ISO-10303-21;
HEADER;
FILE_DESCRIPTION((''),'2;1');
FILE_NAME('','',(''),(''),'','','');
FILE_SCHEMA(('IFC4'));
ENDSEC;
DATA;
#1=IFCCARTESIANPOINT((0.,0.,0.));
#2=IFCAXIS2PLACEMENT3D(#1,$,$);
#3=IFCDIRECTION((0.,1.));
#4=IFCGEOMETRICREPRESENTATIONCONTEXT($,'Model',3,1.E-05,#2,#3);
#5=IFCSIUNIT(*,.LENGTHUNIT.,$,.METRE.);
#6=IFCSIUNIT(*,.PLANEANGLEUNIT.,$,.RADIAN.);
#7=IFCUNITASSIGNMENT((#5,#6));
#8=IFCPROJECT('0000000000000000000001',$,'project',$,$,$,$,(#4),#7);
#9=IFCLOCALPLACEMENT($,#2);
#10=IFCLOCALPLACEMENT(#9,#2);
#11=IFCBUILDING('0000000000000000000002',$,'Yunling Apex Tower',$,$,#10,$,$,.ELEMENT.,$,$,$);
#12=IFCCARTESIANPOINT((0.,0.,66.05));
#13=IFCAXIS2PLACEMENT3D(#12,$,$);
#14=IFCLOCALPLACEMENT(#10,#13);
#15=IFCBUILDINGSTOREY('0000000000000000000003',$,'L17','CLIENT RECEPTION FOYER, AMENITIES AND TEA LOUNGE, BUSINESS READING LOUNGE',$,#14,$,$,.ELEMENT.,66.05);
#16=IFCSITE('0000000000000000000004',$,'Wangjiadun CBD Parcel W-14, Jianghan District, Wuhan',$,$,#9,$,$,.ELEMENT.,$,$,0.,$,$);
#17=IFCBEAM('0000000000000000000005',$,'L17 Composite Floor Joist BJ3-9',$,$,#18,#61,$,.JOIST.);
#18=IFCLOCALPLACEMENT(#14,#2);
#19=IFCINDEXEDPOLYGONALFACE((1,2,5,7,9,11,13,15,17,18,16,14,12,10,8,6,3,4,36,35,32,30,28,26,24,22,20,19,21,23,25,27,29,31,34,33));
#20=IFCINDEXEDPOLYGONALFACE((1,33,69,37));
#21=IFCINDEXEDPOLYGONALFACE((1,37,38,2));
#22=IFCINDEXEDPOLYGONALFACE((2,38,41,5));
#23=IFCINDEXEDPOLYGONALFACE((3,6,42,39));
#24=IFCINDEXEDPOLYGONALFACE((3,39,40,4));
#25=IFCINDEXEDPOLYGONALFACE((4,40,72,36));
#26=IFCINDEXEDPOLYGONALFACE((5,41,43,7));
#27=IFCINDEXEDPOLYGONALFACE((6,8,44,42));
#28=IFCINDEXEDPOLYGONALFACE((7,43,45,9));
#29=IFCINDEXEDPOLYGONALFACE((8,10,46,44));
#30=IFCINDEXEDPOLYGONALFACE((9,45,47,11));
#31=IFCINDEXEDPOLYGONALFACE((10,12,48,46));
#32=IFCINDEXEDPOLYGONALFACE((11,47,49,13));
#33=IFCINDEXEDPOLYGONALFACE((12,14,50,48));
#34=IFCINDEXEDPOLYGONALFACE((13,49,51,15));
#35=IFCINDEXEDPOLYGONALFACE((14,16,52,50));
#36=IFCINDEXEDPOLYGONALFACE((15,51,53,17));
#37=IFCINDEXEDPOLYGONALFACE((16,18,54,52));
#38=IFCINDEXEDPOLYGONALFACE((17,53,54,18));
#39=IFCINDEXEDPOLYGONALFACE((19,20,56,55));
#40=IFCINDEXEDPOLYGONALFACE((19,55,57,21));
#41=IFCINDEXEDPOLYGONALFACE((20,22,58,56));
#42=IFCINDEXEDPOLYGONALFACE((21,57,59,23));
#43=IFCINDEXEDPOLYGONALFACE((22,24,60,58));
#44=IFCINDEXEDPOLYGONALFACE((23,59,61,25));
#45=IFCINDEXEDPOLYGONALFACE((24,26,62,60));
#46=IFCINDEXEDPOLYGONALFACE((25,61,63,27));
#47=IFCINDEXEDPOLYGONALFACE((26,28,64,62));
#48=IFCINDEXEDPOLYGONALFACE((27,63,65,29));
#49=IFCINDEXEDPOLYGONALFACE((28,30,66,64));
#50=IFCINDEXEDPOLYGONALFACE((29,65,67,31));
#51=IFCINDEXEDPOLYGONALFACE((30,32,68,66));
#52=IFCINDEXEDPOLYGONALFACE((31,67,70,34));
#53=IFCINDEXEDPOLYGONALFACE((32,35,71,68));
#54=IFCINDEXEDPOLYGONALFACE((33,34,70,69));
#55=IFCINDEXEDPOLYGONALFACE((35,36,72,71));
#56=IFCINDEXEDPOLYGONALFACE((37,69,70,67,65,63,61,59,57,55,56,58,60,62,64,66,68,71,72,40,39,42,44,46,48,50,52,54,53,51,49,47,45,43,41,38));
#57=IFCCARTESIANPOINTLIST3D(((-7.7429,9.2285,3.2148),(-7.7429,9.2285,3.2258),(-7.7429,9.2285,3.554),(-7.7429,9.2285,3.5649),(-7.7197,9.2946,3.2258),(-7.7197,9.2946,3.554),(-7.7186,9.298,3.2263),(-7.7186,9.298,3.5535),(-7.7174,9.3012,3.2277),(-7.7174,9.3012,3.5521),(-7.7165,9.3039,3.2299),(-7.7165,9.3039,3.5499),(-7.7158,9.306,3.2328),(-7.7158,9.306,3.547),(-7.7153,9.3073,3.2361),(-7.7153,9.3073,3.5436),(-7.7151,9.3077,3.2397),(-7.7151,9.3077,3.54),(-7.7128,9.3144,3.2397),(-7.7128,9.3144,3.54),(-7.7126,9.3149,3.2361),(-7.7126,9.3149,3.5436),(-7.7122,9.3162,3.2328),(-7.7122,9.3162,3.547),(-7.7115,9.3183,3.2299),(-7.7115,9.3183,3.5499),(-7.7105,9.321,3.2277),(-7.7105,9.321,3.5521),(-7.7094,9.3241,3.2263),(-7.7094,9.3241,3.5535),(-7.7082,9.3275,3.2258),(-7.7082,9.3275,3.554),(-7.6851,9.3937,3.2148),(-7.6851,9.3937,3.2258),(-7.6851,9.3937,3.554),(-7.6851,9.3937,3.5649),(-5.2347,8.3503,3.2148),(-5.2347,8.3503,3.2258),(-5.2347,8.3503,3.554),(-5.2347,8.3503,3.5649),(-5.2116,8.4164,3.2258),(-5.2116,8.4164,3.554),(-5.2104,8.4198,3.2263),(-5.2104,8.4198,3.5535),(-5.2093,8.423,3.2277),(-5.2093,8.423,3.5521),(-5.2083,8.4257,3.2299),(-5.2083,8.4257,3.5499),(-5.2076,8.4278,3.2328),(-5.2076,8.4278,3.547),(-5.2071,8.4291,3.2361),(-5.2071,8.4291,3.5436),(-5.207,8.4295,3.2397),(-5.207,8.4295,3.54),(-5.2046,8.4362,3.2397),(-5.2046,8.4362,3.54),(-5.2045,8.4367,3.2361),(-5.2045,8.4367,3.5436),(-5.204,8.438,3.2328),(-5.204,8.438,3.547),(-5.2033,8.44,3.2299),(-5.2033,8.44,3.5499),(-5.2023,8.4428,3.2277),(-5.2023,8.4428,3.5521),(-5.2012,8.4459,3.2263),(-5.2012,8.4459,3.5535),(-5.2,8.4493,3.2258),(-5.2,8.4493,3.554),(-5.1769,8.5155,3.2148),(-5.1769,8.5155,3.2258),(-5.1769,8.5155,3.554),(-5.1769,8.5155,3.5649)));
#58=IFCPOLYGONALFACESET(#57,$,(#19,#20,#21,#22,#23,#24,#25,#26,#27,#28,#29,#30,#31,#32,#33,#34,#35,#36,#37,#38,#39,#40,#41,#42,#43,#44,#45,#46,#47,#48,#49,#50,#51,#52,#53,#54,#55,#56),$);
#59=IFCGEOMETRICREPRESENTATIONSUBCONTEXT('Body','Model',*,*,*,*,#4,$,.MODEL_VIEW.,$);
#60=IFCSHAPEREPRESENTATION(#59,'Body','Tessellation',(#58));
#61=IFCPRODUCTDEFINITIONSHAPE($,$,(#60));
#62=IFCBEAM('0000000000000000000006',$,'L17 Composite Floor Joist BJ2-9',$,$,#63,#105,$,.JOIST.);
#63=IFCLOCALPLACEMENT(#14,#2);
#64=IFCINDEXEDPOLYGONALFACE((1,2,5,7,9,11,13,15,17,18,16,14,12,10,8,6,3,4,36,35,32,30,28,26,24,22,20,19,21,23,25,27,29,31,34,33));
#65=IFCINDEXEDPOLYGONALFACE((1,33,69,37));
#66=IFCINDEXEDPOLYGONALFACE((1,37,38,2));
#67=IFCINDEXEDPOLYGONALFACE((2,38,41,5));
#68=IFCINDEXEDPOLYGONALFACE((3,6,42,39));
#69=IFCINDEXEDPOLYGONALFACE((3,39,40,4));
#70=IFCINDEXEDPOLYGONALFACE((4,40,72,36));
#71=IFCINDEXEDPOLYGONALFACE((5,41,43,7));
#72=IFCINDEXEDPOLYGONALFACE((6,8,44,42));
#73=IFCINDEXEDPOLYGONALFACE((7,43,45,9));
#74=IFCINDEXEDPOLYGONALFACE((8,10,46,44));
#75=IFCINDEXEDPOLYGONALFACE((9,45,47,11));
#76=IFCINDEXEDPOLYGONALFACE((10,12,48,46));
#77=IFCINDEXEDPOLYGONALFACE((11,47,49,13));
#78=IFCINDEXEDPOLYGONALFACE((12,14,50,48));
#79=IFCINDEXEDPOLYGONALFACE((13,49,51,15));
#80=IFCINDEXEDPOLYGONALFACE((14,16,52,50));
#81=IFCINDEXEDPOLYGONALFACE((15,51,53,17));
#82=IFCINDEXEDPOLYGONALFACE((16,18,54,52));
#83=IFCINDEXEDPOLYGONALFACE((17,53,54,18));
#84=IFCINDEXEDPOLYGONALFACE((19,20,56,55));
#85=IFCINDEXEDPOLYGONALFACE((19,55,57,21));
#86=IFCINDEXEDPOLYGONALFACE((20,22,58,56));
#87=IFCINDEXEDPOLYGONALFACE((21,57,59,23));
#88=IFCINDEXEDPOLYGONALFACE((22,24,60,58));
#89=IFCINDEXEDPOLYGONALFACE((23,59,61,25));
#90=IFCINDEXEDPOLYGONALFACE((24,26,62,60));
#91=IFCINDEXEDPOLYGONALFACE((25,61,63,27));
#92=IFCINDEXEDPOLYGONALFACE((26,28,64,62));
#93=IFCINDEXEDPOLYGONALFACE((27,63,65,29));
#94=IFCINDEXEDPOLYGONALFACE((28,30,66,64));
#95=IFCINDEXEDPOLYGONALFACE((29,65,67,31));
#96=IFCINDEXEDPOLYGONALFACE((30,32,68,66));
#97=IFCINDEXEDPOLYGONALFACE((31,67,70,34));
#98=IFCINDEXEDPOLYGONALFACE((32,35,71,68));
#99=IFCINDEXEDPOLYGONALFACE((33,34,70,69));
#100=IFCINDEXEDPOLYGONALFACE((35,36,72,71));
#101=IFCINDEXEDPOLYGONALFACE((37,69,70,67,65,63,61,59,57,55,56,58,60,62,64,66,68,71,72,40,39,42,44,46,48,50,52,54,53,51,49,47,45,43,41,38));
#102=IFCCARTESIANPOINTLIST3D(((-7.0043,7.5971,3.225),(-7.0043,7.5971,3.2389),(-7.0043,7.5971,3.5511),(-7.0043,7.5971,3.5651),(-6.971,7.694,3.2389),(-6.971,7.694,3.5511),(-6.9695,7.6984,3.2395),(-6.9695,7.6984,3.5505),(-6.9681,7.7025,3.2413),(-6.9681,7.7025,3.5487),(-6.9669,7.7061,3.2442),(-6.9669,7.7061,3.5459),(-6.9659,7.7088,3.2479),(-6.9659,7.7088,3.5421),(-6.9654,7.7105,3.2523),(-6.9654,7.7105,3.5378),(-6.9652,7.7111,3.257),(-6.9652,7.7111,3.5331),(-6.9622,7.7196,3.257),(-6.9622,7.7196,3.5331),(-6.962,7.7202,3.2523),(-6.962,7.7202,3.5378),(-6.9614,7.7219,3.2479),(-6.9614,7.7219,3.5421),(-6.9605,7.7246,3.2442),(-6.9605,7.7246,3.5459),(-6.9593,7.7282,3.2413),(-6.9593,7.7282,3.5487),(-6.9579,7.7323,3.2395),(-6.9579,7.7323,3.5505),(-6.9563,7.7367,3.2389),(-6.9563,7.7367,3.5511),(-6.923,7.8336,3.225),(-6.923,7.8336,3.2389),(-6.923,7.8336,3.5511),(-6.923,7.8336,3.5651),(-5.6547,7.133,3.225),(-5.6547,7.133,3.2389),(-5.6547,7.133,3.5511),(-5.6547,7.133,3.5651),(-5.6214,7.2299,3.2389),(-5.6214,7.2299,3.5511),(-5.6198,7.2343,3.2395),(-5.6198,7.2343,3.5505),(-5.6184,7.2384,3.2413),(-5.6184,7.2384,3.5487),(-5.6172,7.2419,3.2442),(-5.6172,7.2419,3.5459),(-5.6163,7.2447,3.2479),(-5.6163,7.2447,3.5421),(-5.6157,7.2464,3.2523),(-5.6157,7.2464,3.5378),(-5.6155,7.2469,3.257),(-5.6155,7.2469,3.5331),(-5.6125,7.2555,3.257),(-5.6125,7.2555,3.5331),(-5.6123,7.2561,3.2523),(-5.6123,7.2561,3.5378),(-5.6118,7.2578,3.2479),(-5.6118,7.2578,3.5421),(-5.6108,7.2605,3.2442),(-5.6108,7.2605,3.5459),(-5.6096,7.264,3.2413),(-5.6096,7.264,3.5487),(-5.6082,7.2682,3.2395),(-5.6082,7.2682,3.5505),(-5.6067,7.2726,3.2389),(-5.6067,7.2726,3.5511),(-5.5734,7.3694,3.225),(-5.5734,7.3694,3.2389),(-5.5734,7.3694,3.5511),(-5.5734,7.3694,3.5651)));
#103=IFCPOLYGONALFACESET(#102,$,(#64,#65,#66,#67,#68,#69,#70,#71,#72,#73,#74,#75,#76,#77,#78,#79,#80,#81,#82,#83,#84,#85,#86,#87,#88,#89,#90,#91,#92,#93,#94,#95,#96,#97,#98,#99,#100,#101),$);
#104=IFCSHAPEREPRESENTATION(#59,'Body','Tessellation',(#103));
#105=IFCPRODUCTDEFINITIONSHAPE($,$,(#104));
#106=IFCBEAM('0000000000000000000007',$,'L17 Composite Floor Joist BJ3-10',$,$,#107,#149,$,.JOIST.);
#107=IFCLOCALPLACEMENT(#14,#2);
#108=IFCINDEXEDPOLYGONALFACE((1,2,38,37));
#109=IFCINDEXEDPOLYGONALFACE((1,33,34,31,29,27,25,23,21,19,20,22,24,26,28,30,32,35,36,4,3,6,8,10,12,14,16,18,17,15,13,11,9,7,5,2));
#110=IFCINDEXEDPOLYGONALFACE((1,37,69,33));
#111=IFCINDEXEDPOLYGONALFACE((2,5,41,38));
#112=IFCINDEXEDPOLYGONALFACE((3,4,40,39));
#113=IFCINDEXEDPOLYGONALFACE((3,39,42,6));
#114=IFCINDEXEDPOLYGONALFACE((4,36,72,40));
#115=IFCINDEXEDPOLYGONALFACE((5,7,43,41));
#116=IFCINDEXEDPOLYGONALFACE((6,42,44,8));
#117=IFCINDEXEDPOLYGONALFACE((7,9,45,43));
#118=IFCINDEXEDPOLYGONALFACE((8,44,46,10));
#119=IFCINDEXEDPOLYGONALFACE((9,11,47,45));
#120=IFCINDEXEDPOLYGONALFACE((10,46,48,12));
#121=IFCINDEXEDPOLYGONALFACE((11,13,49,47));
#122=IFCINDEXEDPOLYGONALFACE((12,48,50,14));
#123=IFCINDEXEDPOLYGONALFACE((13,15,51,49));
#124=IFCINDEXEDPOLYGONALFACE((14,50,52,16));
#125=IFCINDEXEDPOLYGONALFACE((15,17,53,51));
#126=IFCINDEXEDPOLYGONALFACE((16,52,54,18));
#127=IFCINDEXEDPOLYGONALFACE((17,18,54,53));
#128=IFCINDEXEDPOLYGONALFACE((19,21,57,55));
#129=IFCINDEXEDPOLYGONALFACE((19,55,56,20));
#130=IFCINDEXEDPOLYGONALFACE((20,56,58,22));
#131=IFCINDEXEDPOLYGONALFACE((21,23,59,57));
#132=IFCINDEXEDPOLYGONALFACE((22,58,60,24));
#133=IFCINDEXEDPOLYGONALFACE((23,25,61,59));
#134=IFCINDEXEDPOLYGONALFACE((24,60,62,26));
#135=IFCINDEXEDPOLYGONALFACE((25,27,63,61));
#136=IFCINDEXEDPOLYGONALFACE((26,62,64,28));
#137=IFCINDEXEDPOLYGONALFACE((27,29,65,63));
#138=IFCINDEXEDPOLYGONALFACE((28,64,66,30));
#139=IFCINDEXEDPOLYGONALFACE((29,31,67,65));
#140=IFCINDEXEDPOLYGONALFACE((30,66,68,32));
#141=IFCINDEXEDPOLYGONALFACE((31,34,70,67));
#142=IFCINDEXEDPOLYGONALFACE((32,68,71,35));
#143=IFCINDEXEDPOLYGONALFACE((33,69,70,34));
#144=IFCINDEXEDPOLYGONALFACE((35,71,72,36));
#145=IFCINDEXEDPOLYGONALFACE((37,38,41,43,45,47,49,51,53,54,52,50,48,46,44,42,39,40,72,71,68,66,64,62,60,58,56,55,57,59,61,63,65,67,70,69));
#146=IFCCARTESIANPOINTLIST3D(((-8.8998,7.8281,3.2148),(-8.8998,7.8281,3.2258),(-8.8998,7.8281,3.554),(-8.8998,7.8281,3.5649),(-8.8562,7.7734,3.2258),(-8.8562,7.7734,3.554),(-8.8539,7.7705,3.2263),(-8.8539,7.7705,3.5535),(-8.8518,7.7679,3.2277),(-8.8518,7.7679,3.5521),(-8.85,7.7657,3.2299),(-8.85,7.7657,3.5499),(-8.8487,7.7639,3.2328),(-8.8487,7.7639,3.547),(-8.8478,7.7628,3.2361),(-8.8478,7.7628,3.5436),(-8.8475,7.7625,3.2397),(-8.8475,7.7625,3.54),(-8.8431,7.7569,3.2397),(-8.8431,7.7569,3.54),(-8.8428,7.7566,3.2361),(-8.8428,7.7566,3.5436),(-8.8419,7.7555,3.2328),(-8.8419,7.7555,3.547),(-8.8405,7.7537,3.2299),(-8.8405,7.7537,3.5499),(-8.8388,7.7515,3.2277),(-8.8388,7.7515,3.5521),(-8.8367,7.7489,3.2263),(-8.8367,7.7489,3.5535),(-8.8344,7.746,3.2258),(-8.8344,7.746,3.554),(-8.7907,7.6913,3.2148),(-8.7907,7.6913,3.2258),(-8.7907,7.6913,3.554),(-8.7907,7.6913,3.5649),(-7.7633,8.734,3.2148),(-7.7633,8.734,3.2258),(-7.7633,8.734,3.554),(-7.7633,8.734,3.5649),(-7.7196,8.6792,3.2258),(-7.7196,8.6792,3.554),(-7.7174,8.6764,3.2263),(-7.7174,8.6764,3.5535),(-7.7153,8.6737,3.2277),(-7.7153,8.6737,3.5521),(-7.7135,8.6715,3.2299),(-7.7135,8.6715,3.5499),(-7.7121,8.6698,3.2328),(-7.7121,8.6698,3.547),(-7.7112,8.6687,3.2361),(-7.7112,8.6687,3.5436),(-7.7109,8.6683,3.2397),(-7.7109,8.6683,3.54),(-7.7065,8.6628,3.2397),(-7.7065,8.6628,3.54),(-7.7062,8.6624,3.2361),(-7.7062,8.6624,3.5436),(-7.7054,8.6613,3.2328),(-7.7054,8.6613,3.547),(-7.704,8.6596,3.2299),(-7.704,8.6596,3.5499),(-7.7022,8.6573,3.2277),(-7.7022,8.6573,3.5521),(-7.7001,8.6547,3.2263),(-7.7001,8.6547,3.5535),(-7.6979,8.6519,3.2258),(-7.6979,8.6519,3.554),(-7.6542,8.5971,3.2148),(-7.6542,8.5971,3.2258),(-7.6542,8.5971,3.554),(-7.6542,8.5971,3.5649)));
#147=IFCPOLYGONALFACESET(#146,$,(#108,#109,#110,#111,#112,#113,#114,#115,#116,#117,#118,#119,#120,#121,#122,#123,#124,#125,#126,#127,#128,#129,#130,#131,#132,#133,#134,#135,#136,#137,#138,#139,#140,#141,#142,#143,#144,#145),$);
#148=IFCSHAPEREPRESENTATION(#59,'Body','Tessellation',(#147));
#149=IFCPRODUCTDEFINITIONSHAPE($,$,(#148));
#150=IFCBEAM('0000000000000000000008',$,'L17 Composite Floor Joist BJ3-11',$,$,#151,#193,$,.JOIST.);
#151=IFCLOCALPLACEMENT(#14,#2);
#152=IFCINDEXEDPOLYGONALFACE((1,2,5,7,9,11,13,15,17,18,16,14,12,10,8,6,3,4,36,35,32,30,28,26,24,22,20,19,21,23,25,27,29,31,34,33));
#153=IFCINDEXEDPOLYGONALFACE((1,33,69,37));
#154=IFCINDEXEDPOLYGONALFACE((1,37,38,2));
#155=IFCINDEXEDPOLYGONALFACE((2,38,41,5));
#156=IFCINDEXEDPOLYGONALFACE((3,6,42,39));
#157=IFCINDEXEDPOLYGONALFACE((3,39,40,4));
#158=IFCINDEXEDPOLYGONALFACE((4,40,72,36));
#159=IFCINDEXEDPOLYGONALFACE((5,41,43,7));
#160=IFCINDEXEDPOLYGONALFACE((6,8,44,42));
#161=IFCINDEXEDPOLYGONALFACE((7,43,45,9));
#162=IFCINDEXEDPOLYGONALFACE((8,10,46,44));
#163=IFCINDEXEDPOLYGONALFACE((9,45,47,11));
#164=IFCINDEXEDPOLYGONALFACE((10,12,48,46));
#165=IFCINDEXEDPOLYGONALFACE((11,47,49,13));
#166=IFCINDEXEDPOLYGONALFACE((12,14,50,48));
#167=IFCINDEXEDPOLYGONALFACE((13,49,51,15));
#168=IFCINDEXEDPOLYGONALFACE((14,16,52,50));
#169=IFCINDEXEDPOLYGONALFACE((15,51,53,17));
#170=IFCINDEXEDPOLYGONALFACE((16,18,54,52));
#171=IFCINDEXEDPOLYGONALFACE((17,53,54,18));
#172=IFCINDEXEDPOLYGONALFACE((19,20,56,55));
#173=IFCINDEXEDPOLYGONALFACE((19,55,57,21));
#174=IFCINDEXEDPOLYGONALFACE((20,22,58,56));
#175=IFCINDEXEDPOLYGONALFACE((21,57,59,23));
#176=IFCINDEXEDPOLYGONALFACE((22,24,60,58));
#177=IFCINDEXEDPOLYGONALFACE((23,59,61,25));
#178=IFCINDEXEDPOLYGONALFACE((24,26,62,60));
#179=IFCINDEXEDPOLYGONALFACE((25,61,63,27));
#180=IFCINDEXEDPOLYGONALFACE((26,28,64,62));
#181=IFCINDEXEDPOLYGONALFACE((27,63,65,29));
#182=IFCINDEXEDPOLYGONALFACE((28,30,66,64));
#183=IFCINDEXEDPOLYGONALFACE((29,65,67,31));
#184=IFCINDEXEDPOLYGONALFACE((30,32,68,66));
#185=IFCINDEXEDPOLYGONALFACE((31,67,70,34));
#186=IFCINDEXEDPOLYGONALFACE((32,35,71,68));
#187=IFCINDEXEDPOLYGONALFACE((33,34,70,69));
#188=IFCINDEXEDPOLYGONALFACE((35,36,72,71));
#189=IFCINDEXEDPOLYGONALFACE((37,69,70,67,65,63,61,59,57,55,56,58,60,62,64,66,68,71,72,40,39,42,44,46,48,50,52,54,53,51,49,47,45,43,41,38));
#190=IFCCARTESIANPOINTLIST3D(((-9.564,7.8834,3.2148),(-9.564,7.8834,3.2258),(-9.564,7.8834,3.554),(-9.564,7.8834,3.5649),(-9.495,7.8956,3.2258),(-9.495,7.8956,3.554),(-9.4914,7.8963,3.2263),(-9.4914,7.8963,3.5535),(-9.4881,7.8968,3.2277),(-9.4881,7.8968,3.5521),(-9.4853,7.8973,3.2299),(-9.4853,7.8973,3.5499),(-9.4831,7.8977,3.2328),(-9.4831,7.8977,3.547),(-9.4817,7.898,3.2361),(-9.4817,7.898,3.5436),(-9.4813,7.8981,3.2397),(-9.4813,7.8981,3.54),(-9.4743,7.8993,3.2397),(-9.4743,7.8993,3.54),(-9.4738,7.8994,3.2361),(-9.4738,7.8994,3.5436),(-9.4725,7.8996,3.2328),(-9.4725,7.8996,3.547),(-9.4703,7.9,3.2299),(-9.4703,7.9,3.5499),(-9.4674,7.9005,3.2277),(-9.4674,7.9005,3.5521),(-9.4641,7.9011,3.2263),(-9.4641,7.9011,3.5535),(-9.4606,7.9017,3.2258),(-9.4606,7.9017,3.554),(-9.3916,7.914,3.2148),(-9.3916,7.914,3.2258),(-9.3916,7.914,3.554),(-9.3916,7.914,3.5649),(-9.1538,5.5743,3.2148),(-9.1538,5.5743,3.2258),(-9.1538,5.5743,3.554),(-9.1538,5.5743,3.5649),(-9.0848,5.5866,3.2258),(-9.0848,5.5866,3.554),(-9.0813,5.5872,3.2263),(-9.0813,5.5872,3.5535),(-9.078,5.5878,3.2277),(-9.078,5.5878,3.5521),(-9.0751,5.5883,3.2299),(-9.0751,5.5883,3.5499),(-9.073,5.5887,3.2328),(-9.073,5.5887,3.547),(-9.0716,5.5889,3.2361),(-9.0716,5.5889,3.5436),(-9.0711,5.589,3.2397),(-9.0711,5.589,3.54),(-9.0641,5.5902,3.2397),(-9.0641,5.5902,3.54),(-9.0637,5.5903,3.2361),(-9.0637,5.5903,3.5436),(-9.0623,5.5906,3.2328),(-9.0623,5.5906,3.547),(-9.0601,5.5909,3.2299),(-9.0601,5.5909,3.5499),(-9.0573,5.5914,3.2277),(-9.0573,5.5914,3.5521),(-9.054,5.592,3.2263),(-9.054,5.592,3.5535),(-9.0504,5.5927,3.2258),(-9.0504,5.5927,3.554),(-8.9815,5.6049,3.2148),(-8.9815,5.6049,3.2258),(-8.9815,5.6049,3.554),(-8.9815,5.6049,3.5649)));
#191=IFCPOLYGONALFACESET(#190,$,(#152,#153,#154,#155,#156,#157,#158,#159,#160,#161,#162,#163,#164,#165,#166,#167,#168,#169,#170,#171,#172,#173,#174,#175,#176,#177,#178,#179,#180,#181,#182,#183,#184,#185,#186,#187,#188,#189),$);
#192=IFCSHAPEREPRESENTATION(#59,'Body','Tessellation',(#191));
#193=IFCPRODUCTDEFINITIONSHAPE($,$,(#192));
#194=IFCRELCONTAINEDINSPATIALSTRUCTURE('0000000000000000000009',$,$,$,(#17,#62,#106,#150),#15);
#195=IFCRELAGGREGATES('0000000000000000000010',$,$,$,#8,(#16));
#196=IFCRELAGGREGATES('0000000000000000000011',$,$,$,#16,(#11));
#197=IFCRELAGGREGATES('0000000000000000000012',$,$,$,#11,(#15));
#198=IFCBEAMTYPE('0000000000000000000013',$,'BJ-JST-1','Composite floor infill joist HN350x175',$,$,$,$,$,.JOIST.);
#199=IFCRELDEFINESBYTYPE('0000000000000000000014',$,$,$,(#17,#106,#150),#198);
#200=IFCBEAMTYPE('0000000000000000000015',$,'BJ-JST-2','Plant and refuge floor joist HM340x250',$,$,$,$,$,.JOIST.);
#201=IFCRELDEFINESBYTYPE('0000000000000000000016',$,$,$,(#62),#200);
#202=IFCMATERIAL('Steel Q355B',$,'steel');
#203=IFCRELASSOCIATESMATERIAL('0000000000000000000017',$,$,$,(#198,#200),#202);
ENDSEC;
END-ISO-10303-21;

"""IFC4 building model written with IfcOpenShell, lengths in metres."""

from ifc_helpers import new_model, si_unit, direction, frame, origin, origin_2d, place, context, subcontext, project, spatial, i_section, extrude, source, transform, mapped, material, material_profile, profile_set, type_object, element, save


model = new_model("IFC4")

# Units and contexts
model_context = context("Model", 3, precision=1e-05, world=origin(), true_north=direction((0.0, 1.0)))
body_context = subcontext(model_context, "Body", "Model", "MODEL_VIEW")
ifc_project = project(units=[si_unit("LENGTHUNIT", "METRE"), si_unit("PLANEANGLEUNIT", "RADIAN")], contexts=[model_context])

# Site, building, storey
site_placement = place(None, origin())
site = spatial("IfcSite", under=ifc_project, at=site_placement, Name="Wangjiadun CBD Parcel W-14, Jianghan District, Wuhan", CompositionType="ELEMENT", RefElevation=0.0)
building_placement = place(site_placement, origin())
building = spatial("IfcBuilding", under=site, at=building_placement, Name="Yunling Apex Tower", CompositionType="ELEMENT")
storey_placement = place(building_placement, frame((0.0, 0.0, 66.05)))
storey = spatial("IfcBuildingStorey", under=building, at=storey_placement, Name="L17", Description="CLIENT RECEPTION FOYER, AMENITIES AND TEA LOUNGE, BUSINESS READING LOUNGE", CompositionType="ELEMENT", Elevation=66.05)

# Beams
ifc_material_1 = material(Name="Steel Q355B", Category="steel")
ifc_material_profile_1 = material_profile(ifc_material_1, i_section(OverallWidth=0.175, OverallDepth=0.3501, WebThickness=0.0071, FlangeThickness=0.011, FilletRadius=0.0139, at=origin_2d()))
ifc_profile_set_1 = profile_set([ifc_material_profile_1], Name="Steel Q355B")
beam_type_1 = type_object("IfcBeamType", Name="BJ-JST-1", Description="Composite floor infill joist HN350x175", PredefinedType="JOIST", material=ifc_profile_set_1)
shared_shape_1 = source(origin(), body_context, "Body", "SweptSolid", [
    extrude(i_section(OverallWidth=0.175, OverallDepth=0.3501, WebThickness=0.0071, FlangeThickness=0.011, FilletRadius=0.0139, at=origin_2d()), origin(), (0.0, 0.0, 1.0), 2.6575),
])
beam_1_placement = place(storey_placement, frame((-5.2058, 8.4329, 3.3899), z_axis=(-0.943817, 0.330469, 0.0), x_axis=(-0.330469, -0.943817, 0.0)))
element("IfcBeam", 1, at=beam_1_placement, inside=storey, type_object=beam_type_1, Name="L17 Composite Floor Joist BJ3-9", PredefinedType="JOIST", context=body_context, shape_type="MappedRepresentation", body=[
    mapped(shared_shape_1, transform((0.0, 0.0, 0.0), scale=1.0)),
])
ifc_material_profile_2 = material_profile(ifc_material_1, i_section(OverallWidth=0.25, OverallDepth=0.3401, WebThickness=0.009, FlangeThickness=0.0139, FilletRadius=0.0181, at=origin_2d()))
ifc_profile_set_2 = profile_set([ifc_material_profile_2], Name="Steel Q355B")
beam_type_2 = type_object("IfcBeamType", Name="BJ-JST-2", Description="Plant and refuge floor joist HM340x250", PredefinedType="JOIST", material=ifc_profile_set_2)
shared_shape_2 = source(origin(), body_context, "Body", "SweptSolid", [
    extrude(i_section(OverallWidth=0.25, OverallDepth=0.3401, WebThickness=0.009, FlangeThickness=0.0139, FilletRadius=0.0181, at=origin_2d()), origin(), (0.0, 0.0, 1.0), 1.4272),
])
beam_2_placement = place(storey_placement, frame((-5.614, 7.2512, 3.395), z_axis=(-0.945647, 0.325195, 0.0), x_axis=(-0.325195, -0.945647, 0.0)))
element("IfcBeam", 2, at=beam_2_placement, inside=storey, type_object=beam_type_2, Name="L17 Composite Floor Joist BJ2-9", PredefinedType="JOIST", context=body_context, shape_type="MappedRepresentation", body=[
    mapped(shared_shape_2, transform((0.0, 0.0, 0.0), scale=1.0)),
])
shared_shape_3 = source(origin(), body_context, "Body", "SweptSolid", [
    extrude(i_section(OverallWidth=0.175, OverallDepth=0.3501, WebThickness=0.0071, FlangeThickness=0.011, FilletRadius=0.0139, at=origin_2d()), origin(), (0.0, 0.0, 1.0), 1.4534),
])
beam_3_placement = place(storey_placement, frame((-7.7087, 8.6655, 3.3899), z_axis=(-0.782015, -0.62326, 0.0), x_axis=(0.62326, -0.782015, 0.0)))
element("IfcBeam", 3, at=beam_3_placement, inside=storey, type_object=beam_type_1, Name="L17 Composite Floor Joist BJ3-10", PredefinedType="JOIST", context=body_context, shape_type="MappedRepresentation", body=[
    mapped(shared_shape_3, transform((0.0, 0.0, 0.0), scale=1.0)),
])
shared_shape_4 = source(origin(), body_context, "Body", "SweptSolid", [
    extrude(i_section(OverallWidth=0.175, OverallDepth=0.3501, WebThickness=0.0071, FlangeThickness=0.011, FilletRadius=0.0139, at=origin_2d()), origin(), (0.0, 0.0, 1.0), 2.3452),
])
beam_4_placement = place(storey_placement, frame((-9.4778, 7.8987, 3.3899), z_axis=(0.17489, -0.984588, 0.0), x_axis=(0.984588, 0.17489, 0.0)))
element("IfcBeam", 4, at=beam_4_placement, inside=storey, type_object=beam_type_1, Name="L17 Composite Floor Joist BJ3-11", PredefinedType="JOIST", context=body_context, shape_type="MappedRepresentation", body=[
    mapped(shared_shape_4, transform((0.0, 0.0, 0.0), scale=1.0)),
])

save(model, "model.ifc")
